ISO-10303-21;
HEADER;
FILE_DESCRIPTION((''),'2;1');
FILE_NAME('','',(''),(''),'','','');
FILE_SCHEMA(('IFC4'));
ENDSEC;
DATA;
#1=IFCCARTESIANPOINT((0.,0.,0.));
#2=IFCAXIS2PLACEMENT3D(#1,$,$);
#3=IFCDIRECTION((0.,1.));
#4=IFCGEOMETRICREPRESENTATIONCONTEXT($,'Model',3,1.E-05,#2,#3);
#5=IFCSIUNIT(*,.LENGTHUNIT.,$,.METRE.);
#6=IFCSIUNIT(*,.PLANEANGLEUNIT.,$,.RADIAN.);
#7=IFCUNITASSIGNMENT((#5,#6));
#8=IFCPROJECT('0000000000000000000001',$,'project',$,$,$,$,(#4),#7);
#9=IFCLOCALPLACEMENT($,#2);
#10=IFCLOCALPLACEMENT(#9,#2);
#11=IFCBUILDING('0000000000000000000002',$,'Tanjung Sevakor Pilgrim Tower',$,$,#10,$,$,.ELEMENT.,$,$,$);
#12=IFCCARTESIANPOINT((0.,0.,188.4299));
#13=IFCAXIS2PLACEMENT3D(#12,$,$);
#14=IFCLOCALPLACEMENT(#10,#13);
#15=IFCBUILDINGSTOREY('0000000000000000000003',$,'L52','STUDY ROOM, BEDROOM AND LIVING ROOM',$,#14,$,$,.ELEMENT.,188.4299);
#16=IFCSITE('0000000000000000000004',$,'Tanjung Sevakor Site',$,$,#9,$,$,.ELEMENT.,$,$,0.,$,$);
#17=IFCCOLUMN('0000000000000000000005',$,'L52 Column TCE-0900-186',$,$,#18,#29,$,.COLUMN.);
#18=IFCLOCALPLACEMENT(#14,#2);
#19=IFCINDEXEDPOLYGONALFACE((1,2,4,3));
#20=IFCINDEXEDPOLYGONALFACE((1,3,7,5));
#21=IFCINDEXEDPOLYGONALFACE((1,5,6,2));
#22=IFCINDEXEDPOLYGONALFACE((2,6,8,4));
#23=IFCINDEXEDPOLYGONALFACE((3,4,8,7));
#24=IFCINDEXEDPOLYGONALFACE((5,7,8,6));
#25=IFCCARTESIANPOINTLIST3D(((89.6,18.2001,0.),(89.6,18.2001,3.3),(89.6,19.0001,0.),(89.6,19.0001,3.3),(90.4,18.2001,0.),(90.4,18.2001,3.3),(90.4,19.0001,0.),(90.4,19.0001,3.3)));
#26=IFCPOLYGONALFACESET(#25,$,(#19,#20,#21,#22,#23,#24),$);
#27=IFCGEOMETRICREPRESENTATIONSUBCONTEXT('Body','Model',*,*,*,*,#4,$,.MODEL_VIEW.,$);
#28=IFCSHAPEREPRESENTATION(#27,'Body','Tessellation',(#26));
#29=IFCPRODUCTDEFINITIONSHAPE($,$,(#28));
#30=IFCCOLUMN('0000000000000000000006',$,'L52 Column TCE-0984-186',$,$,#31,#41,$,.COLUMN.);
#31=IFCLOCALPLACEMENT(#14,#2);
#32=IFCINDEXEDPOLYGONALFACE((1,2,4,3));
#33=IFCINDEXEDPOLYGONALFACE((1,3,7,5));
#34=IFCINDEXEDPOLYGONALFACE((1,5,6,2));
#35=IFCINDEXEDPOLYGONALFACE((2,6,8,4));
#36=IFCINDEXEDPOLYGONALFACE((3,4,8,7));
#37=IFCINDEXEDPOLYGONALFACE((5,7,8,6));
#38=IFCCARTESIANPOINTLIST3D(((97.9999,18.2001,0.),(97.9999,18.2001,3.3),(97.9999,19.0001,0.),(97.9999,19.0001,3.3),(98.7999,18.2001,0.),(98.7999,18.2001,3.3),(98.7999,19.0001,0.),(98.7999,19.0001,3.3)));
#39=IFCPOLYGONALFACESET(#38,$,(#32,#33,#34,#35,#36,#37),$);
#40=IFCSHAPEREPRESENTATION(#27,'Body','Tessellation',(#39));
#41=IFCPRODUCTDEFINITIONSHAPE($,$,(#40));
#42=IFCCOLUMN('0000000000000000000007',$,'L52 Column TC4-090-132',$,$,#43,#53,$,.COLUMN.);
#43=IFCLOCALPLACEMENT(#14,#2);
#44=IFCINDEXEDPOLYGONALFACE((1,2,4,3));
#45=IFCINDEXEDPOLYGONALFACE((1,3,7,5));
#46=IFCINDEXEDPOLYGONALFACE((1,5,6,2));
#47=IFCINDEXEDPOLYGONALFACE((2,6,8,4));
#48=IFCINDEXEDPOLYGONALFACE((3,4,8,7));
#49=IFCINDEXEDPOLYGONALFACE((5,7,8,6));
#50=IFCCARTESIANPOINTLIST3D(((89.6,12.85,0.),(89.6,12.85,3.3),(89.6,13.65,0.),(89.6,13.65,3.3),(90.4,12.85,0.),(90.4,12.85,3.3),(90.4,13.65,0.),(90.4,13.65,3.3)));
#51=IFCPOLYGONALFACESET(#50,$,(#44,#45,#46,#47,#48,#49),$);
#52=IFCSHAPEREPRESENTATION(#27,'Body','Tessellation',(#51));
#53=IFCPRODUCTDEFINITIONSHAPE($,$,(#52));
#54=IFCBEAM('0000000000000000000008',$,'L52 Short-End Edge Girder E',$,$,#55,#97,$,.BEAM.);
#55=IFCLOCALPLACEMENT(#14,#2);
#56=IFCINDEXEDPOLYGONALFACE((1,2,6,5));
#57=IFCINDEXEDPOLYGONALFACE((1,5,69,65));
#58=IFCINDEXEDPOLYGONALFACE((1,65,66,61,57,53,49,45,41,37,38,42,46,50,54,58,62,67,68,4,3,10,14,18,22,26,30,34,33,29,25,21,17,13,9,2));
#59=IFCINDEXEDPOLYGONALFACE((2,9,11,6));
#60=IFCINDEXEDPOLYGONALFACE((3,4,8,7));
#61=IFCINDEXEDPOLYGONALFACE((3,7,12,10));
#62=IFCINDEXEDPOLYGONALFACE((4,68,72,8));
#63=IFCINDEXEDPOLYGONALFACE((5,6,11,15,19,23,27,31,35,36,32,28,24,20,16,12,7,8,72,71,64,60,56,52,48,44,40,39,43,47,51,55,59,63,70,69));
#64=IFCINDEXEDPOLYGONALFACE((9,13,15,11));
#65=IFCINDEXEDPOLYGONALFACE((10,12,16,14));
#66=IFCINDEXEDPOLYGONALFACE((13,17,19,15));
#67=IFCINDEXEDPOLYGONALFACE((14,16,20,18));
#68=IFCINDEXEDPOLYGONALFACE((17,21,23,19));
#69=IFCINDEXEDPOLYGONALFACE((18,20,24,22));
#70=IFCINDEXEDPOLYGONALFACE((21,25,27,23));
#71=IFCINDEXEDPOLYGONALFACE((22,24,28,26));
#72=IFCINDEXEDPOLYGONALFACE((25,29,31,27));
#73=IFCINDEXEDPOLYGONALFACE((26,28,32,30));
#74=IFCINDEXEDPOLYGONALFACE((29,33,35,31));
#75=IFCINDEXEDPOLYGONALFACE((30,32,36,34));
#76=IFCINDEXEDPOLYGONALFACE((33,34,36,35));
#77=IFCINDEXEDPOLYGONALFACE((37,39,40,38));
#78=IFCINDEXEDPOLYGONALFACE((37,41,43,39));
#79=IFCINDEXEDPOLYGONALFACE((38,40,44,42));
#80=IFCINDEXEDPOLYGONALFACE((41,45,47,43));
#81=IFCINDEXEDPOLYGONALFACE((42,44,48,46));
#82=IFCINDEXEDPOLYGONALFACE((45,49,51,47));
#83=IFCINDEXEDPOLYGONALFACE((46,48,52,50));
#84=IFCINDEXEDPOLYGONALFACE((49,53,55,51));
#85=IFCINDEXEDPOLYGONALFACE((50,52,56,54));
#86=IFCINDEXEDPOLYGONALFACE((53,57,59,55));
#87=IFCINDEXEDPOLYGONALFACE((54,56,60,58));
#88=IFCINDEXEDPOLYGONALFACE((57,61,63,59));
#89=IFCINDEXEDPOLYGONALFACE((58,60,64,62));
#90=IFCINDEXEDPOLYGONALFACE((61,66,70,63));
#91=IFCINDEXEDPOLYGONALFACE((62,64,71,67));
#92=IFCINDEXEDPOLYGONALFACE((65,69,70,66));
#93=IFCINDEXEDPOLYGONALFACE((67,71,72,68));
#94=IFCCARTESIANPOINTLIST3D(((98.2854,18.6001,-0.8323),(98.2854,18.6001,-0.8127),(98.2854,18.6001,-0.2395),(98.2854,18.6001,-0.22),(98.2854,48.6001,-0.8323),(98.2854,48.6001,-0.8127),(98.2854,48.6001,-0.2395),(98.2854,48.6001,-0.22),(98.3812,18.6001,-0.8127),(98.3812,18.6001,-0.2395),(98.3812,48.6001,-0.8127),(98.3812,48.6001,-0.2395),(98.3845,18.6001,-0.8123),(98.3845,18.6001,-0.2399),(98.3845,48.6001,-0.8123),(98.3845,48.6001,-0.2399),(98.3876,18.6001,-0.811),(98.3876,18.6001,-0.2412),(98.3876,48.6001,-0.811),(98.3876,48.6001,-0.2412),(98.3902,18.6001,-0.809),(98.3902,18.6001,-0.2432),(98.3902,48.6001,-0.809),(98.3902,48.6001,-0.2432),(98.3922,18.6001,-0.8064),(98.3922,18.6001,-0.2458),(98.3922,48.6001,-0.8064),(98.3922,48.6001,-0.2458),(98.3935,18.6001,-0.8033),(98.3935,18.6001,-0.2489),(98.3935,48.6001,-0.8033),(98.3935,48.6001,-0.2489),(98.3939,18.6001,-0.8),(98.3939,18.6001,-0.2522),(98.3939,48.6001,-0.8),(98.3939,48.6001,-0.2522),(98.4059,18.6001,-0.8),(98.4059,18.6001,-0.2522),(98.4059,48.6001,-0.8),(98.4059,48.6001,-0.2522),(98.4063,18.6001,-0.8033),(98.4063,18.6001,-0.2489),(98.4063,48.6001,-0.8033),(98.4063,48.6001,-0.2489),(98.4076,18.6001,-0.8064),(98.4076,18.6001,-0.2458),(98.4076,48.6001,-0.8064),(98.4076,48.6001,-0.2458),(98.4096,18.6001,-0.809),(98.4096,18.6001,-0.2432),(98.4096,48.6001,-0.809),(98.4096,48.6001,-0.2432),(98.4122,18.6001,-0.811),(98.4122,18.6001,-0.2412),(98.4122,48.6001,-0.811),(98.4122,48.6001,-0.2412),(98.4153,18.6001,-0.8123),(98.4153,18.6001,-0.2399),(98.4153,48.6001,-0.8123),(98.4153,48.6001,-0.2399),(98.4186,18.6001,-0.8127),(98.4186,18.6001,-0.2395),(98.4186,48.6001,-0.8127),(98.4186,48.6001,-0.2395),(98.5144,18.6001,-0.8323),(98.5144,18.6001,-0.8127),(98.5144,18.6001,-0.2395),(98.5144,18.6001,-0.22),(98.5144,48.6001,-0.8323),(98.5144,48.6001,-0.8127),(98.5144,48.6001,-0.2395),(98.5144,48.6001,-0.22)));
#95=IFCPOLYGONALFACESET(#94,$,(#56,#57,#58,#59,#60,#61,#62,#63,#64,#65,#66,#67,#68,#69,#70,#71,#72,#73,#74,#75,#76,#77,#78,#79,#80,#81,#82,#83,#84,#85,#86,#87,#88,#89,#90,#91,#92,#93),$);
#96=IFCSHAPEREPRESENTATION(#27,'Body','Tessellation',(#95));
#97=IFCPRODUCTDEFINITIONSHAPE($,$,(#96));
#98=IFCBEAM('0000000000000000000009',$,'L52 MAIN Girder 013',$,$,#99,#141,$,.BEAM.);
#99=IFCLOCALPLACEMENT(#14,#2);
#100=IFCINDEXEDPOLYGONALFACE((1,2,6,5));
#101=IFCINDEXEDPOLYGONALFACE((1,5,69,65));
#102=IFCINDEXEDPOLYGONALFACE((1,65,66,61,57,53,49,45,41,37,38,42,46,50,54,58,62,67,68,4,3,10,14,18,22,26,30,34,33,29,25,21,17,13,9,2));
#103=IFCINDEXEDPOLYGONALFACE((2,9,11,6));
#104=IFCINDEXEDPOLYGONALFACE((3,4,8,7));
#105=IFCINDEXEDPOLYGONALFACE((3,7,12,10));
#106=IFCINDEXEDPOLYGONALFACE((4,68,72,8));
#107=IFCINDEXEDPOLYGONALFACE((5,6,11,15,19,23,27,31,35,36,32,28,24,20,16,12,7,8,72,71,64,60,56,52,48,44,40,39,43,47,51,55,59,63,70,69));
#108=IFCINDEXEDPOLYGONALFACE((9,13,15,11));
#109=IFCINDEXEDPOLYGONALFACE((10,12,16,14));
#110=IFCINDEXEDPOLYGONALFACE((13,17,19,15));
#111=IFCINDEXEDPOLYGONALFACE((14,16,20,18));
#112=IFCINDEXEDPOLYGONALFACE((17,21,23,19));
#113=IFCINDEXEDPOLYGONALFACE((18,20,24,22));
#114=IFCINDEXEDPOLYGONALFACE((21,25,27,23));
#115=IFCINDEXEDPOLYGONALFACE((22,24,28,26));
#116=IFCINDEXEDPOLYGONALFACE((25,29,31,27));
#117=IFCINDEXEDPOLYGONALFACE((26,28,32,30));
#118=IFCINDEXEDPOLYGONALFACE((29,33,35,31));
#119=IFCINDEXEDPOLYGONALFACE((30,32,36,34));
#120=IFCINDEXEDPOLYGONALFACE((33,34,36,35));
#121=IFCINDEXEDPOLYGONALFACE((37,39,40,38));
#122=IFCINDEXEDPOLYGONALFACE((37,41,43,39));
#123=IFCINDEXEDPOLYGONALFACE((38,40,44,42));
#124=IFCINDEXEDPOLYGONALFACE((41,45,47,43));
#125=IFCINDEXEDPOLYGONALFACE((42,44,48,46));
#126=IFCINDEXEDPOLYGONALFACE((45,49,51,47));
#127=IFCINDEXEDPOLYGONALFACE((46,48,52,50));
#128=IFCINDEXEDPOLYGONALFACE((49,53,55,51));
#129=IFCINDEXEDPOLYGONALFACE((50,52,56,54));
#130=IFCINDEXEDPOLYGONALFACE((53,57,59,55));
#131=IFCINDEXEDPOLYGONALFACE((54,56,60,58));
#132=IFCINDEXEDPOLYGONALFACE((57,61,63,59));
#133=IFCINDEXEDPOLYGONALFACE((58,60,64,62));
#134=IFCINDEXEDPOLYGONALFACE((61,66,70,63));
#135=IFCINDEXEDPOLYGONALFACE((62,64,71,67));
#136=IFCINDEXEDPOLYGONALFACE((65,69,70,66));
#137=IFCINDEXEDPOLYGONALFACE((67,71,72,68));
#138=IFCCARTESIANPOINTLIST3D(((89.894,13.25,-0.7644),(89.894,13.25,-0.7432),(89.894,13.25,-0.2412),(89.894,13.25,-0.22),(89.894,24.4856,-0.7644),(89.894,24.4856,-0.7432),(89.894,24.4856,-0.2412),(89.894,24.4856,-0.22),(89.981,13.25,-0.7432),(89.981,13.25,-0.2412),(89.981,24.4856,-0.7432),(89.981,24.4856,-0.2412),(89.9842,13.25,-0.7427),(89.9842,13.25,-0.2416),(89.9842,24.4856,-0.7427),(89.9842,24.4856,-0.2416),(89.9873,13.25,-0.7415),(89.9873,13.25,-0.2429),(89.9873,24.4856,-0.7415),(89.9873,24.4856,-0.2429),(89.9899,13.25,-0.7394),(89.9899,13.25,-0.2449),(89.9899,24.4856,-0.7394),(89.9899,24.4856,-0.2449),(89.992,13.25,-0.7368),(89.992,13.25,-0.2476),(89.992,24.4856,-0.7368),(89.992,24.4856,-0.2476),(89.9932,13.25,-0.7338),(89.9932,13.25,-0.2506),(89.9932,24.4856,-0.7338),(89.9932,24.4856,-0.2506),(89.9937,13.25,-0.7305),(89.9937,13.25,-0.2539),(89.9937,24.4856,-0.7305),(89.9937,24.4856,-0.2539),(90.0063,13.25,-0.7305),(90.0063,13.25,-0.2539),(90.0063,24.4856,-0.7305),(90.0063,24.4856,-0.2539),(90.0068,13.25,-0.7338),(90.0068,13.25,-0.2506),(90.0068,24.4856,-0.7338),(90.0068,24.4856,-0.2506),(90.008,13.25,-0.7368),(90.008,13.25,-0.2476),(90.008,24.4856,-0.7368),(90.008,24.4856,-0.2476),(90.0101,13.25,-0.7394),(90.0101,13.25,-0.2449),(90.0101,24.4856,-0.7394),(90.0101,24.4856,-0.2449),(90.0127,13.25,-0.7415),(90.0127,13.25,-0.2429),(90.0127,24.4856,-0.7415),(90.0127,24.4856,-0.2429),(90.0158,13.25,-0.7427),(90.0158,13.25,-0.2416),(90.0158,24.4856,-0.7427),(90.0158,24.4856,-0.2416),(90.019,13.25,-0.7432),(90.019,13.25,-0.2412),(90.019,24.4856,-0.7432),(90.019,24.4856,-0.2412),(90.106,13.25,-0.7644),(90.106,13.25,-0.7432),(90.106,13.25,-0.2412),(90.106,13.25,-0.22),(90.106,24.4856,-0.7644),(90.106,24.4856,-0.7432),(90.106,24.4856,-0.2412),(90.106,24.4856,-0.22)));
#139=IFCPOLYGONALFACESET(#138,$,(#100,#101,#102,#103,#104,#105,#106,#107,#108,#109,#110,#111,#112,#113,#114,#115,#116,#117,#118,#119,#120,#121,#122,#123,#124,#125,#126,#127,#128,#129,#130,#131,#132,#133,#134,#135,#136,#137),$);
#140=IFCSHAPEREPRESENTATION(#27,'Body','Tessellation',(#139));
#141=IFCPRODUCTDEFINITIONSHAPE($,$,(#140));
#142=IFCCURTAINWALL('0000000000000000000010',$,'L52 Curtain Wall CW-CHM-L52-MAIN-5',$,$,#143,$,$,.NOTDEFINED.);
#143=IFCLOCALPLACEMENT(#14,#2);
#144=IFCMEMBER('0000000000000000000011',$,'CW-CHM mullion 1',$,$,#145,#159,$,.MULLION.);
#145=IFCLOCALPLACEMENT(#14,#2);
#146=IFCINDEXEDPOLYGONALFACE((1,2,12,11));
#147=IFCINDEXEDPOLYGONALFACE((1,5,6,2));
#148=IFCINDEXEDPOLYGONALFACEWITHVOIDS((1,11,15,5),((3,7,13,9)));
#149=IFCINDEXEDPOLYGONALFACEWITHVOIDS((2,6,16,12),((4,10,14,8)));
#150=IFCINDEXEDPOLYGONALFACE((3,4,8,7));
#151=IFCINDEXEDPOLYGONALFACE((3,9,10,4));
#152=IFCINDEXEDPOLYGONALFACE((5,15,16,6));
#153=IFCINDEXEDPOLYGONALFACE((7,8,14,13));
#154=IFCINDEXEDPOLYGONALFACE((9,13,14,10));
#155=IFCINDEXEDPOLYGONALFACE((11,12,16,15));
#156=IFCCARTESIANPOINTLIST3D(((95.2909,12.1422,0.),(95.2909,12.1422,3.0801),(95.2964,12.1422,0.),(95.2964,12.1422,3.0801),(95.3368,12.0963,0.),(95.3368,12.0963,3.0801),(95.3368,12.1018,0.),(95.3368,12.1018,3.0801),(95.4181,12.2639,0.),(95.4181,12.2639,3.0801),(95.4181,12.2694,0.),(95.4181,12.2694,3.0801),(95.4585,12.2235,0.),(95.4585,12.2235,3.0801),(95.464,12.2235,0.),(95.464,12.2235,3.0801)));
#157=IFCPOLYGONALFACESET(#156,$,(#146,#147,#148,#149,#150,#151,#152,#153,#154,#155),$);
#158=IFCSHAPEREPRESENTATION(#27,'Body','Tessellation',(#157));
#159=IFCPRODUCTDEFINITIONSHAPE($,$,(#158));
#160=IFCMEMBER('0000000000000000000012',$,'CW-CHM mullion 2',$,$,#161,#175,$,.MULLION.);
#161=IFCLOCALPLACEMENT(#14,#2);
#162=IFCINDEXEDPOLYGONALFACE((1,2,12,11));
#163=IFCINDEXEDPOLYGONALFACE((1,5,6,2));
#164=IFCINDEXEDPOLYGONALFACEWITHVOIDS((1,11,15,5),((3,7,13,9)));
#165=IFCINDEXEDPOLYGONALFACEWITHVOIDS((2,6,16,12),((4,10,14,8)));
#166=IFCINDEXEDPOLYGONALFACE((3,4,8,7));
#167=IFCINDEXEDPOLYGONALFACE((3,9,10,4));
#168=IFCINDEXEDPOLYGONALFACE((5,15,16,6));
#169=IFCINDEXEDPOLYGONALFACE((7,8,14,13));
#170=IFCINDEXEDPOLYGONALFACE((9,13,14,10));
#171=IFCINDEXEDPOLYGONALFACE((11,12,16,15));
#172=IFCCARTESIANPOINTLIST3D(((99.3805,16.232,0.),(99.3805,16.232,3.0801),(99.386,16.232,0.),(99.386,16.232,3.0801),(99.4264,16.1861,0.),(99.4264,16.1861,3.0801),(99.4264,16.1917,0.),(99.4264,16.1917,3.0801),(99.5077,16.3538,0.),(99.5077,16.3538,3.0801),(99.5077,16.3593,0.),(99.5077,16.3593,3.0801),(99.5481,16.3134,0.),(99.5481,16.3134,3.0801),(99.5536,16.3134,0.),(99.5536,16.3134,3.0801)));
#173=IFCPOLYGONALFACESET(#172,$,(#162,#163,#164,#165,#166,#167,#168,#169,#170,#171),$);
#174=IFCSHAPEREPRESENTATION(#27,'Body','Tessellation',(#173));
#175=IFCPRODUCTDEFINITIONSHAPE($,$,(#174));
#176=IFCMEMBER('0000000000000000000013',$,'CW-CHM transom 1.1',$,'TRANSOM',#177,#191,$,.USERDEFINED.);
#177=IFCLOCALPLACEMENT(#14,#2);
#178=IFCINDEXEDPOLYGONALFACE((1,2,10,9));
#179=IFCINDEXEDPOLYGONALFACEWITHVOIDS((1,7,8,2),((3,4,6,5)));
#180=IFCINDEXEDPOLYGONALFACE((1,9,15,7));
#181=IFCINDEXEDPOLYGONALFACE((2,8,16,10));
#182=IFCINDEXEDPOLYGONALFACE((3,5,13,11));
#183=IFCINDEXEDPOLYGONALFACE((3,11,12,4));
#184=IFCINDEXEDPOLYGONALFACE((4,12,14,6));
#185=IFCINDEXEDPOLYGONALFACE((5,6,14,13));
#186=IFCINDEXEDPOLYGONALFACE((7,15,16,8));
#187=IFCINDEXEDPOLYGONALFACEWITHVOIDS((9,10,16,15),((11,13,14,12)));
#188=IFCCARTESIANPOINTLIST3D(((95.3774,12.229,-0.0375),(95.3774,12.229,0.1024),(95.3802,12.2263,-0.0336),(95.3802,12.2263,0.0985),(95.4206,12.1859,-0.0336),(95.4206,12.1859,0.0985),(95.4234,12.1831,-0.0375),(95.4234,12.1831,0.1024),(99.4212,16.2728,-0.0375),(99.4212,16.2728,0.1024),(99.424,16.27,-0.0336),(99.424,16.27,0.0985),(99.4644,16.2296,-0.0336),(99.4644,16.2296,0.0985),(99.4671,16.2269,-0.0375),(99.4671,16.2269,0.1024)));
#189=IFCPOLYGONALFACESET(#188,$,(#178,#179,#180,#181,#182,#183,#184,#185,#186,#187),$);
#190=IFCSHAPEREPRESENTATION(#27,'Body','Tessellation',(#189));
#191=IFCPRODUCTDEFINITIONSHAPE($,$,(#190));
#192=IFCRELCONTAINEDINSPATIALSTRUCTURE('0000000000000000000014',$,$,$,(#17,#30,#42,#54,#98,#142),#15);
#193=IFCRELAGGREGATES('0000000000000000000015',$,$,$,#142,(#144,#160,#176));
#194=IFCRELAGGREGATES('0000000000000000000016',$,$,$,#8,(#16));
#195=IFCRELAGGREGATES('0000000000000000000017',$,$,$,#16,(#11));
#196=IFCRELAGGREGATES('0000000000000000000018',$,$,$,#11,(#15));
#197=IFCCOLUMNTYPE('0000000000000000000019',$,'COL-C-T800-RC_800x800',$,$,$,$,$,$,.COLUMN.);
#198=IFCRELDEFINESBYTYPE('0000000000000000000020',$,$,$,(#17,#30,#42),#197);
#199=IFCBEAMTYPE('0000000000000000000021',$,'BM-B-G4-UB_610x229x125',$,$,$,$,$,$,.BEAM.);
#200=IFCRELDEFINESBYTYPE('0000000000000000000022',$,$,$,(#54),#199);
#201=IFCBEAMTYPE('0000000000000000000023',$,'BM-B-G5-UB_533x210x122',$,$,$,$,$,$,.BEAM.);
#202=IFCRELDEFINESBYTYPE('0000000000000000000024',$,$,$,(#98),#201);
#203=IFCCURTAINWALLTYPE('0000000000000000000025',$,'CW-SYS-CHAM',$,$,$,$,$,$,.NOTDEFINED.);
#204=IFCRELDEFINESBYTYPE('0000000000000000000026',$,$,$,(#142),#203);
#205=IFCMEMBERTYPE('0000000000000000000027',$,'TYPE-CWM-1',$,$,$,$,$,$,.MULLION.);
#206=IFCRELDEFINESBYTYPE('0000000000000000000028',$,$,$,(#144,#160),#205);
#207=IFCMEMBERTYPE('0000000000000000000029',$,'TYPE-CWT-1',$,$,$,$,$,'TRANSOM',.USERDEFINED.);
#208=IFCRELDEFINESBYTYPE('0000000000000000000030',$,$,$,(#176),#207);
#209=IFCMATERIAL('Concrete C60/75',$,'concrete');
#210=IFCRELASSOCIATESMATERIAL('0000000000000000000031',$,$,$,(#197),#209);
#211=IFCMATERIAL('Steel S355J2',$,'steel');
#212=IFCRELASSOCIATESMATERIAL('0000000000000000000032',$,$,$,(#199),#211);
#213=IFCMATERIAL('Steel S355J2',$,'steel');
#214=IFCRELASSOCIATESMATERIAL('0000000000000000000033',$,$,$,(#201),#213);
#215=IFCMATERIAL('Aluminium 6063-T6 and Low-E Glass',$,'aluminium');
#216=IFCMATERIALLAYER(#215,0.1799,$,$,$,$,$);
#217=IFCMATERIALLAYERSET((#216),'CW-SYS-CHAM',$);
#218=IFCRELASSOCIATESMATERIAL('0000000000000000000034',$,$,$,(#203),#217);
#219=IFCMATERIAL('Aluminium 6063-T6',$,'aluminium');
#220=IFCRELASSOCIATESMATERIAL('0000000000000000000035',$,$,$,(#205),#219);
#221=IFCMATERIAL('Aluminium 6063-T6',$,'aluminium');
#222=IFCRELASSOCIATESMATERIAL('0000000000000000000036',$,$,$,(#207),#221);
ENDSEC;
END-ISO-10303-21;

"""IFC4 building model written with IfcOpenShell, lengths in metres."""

from ifc_helpers import new_model, si_unit, direction, frame, origin, origin_2d, place, context, subcontext, project, spatial, rectangle, hollow_rectangle, i_section, extrude, material, layer, layer_set, material_profile, profile_set, type_object, element, aggregate, save


model = new_model("IFC4")

# Units and contexts
model_context = context("Model", 3, precision=1e-05, world=origin(), true_north=direction((0.0, 1.0)))
body_context = subcontext(model_context, "Body", "Model", "MODEL_VIEW")
ifc_project = project(units=[si_unit("LENGTHUNIT", "METRE"), si_unit("PLANEANGLEUNIT", "RADIAN")], contexts=[model_context])

# Site, building, storey
site_placement = place(None, origin())
site = spatial("IfcSite", under=ifc_project, at=site_placement, Name="Tanjung Sevakor Site", CompositionType="ELEMENT", RefElevation=0.0)
building_placement = place(site_placement, origin())
building = spatial("IfcBuilding", under=site, at=building_placement, Name="Tanjung Sevakor Pilgrim Tower", CompositionType="ELEMENT")
storey_placement = place(building_placement, frame((0.0, 0.0, 188.4299)))
storey = spatial("IfcBuildingStorey", under=building, at=storey_placement, Name="L52", Description="STUDY ROOM, BEDROOM AND LIVING ROOM", CompositionType="ELEMENT", Elevation=188.4299)

# Columns
ifc_material_1 = material(Name="Concrete C60/75", Category="concrete")
ifc_material_profile_1 = material_profile(ifc_material_1, rectangle(XDim=0.8, YDim=0.8, at=origin_2d()))
ifc_profile_set_1 = profile_set([ifc_material_profile_1], Name="Concrete C60/75")
column_type = type_object("IfcColumnType", Name="COL-C-T800-RC_800x800", PredefinedType="COLUMN", material=ifc_profile_set_1)
for number, where, z_axis, x_axis, name in (
    (1, (90.0, 18.6001, 0.0), (0.0, 0.0, 1.0), (1.0, 0.0, 0.0), "L52 Column TCE-0900-186"),
    (2, (98.3999, 18.6001, 0.0), (0.0, 0.0, 1.0), (1.0, 0.0, 0.0), "L52 Column TCE-0984-186"),
    (3, (90.0, 13.25, 0.0), (0.0, 0.0, 1.0), (1.0, 0.0, 0.0), "L52 Column TC4-090-132"),
):
    element("IfcColumn", number, at=place(storey_placement, frame(where, z_axis=z_axis, x_axis=x_axis)), inside=storey, type_object=column_type, Name=name, PredefinedType="COLUMN", context=body_context, shape_type="SweptSolid", body=[
        extrude(rectangle(XDim=0.8, YDim=0.8, at=origin_2d()), origin(), (0.0, 0.0, 1.0), 3.3),
    ])

# Beams
ifc_material_2 = material(Name="Steel S355J2", Category="steel")
ifc_material_profile_2 = material_profile(ifc_material_2, i_section(OverallWidth=0.229, OverallDepth=0.6123, WebThickness=0.012, FlangeThickness=0.0195, FilletRadius=0.0127, at=origin_2d()))
ifc_profile_set_2 = profile_set([ifc_material_profile_2], Name="Steel S355J2")
beam_type_1 = type_object("IfcBeamType", Name="BM-B-G4-UB_610x229x125", PredefinedType="BEAM", material=ifc_profile_set_2)
beam_1_placement = place(storey_placement, frame((98.3999, 18.6001, -0.5261), z_axis=(0.0, 1.0, 0.0), x_axis=(-1.0, 0.0, 0.0)))
element("IfcBeam", 4, at=beam_1_placement, inside=storey, type_object=beam_type_1, Name="L52 Short-End Edge Girder E", PredefinedType="BEAM", context=body_context, shape_type="SweptSolid", body=[
    extrude(i_section(OverallWidth=0.229, OverallDepth=0.6123, WebThickness=0.012, FlangeThickness=0.0195, FilletRadius=0.0127, at=origin_2d()), origin(), (0.0, 0.0, 1.0), 30.0),
])
ifc_material_3 = material(Name="Steel S355J2", Category="steel")
ifc_material_profile_3 = material_profile(ifc_material_3, i_section(OverallWidth=0.2119, OverallDepth=0.5444, WebThickness=0.0127, FlangeThickness=0.0212, FilletRadius=0.0127, at=origin_2d()))
ifc_profile_set_3 = profile_set([ifc_material_profile_3], Name="Steel S355J2")
beam_type_2 = type_object("IfcBeamType", Name="BM-B-G5-UB_533x210x122", PredefinedType="BEAM", material=ifc_profile_set_3)
beam_2_placement = place(storey_placement, frame((90.0, 13.25, -0.4922), z_axis=(0.0, 1.0, 0.0), x_axis=(-1.0, 0.0, 0.0)))
element("IfcBeam", 5, at=beam_2_placement, inside=storey, type_object=beam_type_2, Name="L52 MAIN Girder 013", PredefinedType="BEAM", context=body_context, shape_type="SweptSolid", body=[
    extrude(i_section(OverallWidth=0.2119, OverallDepth=0.5444, WebThickness=0.0127, FlangeThickness=0.0212, FilletRadius=0.0127, at=origin_2d()), origin(), (0.0, 0.0, 1.0), 11.2356),
])

# Curtain wall, members
ifc_material_4 = material(Name="Aluminium 6063-T6 and Low-E Glass", Category="aluminium")
ifc_layer_1 = layer(ifc_material_4, 0.1799)
ifc_layer_set_1 = layer_set([ifc_layer_1], Name="CW-SYS-CHAM")
curtain_wall_type = type_object("IfcCurtainWallType", Name="CW-SYS-CHAM", PredefinedType="NOTDEFINED", material=ifc_layer_set_1)
curtain_wall_placement = place(storey_placement, origin())
curtain_wall = element("IfcCurtainWall", 6, at=curtain_wall_placement, inside=storey, type_object=curtain_wall_type, Name="L52 Curtain Wall CW-CHM-L52-MAIN-5", PredefinedType="NOTDEFINED")
ifc_material_5 = material(Name="Aluminium 6063-T6", Category="aluminium")
ifc_material_profile_4 = material_profile(ifc_material_5, hollow_rectangle(XDim=0.0649, YDim=0.1799, WallThickness=0.0039, at=origin_2d()))
ifc_profile_set_4 = profile_set([ifc_material_profile_4], Name="Aluminium 6063-T6")
member_type_1 = type_object("IfcMemberType", Name="TYPE-CWM-1", PredefinedType="MULLION", material=ifc_profile_set_4)
member_1_placement = place(storey_placement, frame((95.3774, 12.1829, 0.0), z_axis=(0.0, 0.0, 1.0), x_axis=(-0.707107, 0.707107, 0.0)))
member_1 = element("IfcMember", 7, at=member_1_placement, type_object=member_type_1, Name="CW-CHM mullion 1", PredefinedType="MULLION", context=body_context, shape_type="SweptSolid", body=[
    extrude(hollow_rectangle(XDim=0.0649, YDim=0.1799, WallThickness=0.0039, at=origin_2d()), origin(), (0.0, 0.0, 1.0), 3.0801),
])
member_2_placement = place(storey_placement, frame((99.467, 16.2727, 0.0), z_axis=(0.0, 0.0, 1.0), x_axis=(-0.707107, 0.707107, 0.0)))
member_2 = element("IfcMember", 8, at=member_2_placement, type_object=member_type_1, Name="CW-CHM mullion 2", PredefinedType="MULLION", context=body_context, shape_type="SweptSolid", body=[
    extrude(hollow_rectangle(XDim=0.0649, YDim=0.1799, WallThickness=0.0039, at=origin_2d()), origin(), (0.0, 0.0, 1.0), 3.0801),
])
ifc_material_6 = material(Name="Aluminium 6063-T6", Category="aluminium")
ifc_material_profile_5 = material_profile(ifc_material_6, hollow_rectangle(XDim=0.0649, YDim=0.1399, WallThickness=0.0039, at=origin_2d()))
ifc_profile_set_5 = profile_set([ifc_material_profile_5], Name="Aluminium 6063-T6")
member_type_2 = type_object("IfcMemberType", Name="TYPE-CWT-1", ElementType="TRANSOM", PredefinedType="USERDEFINED", material=ifc_profile_set_5)
member_3_placement = place(storey_placement, frame((95.4004, 12.2061, 0.0325), z_axis=(0.707107, 0.707107, 0.0), x_axis=(-0.707107, 0.707107, 0.0)))
member_3 = element("IfcMember", 9, at=member_3_placement, type_object=member_type_2, Name="CW-CHM transom 1.1", ObjectType="TRANSOM", PredefinedType="USERDEFINED", context=body_context, shape_type="SweptSolid", body=[
    extrude(hollow_rectangle(XDim=0.0649, YDim=0.1399, WallThickness=0.0039, at=origin_2d()), origin(), (0.0, 0.0, 1.0), 5.7188),
])
aggregate(curtain_wall, [member_1, member_2, member_3])

save(model, "model.ifc")
